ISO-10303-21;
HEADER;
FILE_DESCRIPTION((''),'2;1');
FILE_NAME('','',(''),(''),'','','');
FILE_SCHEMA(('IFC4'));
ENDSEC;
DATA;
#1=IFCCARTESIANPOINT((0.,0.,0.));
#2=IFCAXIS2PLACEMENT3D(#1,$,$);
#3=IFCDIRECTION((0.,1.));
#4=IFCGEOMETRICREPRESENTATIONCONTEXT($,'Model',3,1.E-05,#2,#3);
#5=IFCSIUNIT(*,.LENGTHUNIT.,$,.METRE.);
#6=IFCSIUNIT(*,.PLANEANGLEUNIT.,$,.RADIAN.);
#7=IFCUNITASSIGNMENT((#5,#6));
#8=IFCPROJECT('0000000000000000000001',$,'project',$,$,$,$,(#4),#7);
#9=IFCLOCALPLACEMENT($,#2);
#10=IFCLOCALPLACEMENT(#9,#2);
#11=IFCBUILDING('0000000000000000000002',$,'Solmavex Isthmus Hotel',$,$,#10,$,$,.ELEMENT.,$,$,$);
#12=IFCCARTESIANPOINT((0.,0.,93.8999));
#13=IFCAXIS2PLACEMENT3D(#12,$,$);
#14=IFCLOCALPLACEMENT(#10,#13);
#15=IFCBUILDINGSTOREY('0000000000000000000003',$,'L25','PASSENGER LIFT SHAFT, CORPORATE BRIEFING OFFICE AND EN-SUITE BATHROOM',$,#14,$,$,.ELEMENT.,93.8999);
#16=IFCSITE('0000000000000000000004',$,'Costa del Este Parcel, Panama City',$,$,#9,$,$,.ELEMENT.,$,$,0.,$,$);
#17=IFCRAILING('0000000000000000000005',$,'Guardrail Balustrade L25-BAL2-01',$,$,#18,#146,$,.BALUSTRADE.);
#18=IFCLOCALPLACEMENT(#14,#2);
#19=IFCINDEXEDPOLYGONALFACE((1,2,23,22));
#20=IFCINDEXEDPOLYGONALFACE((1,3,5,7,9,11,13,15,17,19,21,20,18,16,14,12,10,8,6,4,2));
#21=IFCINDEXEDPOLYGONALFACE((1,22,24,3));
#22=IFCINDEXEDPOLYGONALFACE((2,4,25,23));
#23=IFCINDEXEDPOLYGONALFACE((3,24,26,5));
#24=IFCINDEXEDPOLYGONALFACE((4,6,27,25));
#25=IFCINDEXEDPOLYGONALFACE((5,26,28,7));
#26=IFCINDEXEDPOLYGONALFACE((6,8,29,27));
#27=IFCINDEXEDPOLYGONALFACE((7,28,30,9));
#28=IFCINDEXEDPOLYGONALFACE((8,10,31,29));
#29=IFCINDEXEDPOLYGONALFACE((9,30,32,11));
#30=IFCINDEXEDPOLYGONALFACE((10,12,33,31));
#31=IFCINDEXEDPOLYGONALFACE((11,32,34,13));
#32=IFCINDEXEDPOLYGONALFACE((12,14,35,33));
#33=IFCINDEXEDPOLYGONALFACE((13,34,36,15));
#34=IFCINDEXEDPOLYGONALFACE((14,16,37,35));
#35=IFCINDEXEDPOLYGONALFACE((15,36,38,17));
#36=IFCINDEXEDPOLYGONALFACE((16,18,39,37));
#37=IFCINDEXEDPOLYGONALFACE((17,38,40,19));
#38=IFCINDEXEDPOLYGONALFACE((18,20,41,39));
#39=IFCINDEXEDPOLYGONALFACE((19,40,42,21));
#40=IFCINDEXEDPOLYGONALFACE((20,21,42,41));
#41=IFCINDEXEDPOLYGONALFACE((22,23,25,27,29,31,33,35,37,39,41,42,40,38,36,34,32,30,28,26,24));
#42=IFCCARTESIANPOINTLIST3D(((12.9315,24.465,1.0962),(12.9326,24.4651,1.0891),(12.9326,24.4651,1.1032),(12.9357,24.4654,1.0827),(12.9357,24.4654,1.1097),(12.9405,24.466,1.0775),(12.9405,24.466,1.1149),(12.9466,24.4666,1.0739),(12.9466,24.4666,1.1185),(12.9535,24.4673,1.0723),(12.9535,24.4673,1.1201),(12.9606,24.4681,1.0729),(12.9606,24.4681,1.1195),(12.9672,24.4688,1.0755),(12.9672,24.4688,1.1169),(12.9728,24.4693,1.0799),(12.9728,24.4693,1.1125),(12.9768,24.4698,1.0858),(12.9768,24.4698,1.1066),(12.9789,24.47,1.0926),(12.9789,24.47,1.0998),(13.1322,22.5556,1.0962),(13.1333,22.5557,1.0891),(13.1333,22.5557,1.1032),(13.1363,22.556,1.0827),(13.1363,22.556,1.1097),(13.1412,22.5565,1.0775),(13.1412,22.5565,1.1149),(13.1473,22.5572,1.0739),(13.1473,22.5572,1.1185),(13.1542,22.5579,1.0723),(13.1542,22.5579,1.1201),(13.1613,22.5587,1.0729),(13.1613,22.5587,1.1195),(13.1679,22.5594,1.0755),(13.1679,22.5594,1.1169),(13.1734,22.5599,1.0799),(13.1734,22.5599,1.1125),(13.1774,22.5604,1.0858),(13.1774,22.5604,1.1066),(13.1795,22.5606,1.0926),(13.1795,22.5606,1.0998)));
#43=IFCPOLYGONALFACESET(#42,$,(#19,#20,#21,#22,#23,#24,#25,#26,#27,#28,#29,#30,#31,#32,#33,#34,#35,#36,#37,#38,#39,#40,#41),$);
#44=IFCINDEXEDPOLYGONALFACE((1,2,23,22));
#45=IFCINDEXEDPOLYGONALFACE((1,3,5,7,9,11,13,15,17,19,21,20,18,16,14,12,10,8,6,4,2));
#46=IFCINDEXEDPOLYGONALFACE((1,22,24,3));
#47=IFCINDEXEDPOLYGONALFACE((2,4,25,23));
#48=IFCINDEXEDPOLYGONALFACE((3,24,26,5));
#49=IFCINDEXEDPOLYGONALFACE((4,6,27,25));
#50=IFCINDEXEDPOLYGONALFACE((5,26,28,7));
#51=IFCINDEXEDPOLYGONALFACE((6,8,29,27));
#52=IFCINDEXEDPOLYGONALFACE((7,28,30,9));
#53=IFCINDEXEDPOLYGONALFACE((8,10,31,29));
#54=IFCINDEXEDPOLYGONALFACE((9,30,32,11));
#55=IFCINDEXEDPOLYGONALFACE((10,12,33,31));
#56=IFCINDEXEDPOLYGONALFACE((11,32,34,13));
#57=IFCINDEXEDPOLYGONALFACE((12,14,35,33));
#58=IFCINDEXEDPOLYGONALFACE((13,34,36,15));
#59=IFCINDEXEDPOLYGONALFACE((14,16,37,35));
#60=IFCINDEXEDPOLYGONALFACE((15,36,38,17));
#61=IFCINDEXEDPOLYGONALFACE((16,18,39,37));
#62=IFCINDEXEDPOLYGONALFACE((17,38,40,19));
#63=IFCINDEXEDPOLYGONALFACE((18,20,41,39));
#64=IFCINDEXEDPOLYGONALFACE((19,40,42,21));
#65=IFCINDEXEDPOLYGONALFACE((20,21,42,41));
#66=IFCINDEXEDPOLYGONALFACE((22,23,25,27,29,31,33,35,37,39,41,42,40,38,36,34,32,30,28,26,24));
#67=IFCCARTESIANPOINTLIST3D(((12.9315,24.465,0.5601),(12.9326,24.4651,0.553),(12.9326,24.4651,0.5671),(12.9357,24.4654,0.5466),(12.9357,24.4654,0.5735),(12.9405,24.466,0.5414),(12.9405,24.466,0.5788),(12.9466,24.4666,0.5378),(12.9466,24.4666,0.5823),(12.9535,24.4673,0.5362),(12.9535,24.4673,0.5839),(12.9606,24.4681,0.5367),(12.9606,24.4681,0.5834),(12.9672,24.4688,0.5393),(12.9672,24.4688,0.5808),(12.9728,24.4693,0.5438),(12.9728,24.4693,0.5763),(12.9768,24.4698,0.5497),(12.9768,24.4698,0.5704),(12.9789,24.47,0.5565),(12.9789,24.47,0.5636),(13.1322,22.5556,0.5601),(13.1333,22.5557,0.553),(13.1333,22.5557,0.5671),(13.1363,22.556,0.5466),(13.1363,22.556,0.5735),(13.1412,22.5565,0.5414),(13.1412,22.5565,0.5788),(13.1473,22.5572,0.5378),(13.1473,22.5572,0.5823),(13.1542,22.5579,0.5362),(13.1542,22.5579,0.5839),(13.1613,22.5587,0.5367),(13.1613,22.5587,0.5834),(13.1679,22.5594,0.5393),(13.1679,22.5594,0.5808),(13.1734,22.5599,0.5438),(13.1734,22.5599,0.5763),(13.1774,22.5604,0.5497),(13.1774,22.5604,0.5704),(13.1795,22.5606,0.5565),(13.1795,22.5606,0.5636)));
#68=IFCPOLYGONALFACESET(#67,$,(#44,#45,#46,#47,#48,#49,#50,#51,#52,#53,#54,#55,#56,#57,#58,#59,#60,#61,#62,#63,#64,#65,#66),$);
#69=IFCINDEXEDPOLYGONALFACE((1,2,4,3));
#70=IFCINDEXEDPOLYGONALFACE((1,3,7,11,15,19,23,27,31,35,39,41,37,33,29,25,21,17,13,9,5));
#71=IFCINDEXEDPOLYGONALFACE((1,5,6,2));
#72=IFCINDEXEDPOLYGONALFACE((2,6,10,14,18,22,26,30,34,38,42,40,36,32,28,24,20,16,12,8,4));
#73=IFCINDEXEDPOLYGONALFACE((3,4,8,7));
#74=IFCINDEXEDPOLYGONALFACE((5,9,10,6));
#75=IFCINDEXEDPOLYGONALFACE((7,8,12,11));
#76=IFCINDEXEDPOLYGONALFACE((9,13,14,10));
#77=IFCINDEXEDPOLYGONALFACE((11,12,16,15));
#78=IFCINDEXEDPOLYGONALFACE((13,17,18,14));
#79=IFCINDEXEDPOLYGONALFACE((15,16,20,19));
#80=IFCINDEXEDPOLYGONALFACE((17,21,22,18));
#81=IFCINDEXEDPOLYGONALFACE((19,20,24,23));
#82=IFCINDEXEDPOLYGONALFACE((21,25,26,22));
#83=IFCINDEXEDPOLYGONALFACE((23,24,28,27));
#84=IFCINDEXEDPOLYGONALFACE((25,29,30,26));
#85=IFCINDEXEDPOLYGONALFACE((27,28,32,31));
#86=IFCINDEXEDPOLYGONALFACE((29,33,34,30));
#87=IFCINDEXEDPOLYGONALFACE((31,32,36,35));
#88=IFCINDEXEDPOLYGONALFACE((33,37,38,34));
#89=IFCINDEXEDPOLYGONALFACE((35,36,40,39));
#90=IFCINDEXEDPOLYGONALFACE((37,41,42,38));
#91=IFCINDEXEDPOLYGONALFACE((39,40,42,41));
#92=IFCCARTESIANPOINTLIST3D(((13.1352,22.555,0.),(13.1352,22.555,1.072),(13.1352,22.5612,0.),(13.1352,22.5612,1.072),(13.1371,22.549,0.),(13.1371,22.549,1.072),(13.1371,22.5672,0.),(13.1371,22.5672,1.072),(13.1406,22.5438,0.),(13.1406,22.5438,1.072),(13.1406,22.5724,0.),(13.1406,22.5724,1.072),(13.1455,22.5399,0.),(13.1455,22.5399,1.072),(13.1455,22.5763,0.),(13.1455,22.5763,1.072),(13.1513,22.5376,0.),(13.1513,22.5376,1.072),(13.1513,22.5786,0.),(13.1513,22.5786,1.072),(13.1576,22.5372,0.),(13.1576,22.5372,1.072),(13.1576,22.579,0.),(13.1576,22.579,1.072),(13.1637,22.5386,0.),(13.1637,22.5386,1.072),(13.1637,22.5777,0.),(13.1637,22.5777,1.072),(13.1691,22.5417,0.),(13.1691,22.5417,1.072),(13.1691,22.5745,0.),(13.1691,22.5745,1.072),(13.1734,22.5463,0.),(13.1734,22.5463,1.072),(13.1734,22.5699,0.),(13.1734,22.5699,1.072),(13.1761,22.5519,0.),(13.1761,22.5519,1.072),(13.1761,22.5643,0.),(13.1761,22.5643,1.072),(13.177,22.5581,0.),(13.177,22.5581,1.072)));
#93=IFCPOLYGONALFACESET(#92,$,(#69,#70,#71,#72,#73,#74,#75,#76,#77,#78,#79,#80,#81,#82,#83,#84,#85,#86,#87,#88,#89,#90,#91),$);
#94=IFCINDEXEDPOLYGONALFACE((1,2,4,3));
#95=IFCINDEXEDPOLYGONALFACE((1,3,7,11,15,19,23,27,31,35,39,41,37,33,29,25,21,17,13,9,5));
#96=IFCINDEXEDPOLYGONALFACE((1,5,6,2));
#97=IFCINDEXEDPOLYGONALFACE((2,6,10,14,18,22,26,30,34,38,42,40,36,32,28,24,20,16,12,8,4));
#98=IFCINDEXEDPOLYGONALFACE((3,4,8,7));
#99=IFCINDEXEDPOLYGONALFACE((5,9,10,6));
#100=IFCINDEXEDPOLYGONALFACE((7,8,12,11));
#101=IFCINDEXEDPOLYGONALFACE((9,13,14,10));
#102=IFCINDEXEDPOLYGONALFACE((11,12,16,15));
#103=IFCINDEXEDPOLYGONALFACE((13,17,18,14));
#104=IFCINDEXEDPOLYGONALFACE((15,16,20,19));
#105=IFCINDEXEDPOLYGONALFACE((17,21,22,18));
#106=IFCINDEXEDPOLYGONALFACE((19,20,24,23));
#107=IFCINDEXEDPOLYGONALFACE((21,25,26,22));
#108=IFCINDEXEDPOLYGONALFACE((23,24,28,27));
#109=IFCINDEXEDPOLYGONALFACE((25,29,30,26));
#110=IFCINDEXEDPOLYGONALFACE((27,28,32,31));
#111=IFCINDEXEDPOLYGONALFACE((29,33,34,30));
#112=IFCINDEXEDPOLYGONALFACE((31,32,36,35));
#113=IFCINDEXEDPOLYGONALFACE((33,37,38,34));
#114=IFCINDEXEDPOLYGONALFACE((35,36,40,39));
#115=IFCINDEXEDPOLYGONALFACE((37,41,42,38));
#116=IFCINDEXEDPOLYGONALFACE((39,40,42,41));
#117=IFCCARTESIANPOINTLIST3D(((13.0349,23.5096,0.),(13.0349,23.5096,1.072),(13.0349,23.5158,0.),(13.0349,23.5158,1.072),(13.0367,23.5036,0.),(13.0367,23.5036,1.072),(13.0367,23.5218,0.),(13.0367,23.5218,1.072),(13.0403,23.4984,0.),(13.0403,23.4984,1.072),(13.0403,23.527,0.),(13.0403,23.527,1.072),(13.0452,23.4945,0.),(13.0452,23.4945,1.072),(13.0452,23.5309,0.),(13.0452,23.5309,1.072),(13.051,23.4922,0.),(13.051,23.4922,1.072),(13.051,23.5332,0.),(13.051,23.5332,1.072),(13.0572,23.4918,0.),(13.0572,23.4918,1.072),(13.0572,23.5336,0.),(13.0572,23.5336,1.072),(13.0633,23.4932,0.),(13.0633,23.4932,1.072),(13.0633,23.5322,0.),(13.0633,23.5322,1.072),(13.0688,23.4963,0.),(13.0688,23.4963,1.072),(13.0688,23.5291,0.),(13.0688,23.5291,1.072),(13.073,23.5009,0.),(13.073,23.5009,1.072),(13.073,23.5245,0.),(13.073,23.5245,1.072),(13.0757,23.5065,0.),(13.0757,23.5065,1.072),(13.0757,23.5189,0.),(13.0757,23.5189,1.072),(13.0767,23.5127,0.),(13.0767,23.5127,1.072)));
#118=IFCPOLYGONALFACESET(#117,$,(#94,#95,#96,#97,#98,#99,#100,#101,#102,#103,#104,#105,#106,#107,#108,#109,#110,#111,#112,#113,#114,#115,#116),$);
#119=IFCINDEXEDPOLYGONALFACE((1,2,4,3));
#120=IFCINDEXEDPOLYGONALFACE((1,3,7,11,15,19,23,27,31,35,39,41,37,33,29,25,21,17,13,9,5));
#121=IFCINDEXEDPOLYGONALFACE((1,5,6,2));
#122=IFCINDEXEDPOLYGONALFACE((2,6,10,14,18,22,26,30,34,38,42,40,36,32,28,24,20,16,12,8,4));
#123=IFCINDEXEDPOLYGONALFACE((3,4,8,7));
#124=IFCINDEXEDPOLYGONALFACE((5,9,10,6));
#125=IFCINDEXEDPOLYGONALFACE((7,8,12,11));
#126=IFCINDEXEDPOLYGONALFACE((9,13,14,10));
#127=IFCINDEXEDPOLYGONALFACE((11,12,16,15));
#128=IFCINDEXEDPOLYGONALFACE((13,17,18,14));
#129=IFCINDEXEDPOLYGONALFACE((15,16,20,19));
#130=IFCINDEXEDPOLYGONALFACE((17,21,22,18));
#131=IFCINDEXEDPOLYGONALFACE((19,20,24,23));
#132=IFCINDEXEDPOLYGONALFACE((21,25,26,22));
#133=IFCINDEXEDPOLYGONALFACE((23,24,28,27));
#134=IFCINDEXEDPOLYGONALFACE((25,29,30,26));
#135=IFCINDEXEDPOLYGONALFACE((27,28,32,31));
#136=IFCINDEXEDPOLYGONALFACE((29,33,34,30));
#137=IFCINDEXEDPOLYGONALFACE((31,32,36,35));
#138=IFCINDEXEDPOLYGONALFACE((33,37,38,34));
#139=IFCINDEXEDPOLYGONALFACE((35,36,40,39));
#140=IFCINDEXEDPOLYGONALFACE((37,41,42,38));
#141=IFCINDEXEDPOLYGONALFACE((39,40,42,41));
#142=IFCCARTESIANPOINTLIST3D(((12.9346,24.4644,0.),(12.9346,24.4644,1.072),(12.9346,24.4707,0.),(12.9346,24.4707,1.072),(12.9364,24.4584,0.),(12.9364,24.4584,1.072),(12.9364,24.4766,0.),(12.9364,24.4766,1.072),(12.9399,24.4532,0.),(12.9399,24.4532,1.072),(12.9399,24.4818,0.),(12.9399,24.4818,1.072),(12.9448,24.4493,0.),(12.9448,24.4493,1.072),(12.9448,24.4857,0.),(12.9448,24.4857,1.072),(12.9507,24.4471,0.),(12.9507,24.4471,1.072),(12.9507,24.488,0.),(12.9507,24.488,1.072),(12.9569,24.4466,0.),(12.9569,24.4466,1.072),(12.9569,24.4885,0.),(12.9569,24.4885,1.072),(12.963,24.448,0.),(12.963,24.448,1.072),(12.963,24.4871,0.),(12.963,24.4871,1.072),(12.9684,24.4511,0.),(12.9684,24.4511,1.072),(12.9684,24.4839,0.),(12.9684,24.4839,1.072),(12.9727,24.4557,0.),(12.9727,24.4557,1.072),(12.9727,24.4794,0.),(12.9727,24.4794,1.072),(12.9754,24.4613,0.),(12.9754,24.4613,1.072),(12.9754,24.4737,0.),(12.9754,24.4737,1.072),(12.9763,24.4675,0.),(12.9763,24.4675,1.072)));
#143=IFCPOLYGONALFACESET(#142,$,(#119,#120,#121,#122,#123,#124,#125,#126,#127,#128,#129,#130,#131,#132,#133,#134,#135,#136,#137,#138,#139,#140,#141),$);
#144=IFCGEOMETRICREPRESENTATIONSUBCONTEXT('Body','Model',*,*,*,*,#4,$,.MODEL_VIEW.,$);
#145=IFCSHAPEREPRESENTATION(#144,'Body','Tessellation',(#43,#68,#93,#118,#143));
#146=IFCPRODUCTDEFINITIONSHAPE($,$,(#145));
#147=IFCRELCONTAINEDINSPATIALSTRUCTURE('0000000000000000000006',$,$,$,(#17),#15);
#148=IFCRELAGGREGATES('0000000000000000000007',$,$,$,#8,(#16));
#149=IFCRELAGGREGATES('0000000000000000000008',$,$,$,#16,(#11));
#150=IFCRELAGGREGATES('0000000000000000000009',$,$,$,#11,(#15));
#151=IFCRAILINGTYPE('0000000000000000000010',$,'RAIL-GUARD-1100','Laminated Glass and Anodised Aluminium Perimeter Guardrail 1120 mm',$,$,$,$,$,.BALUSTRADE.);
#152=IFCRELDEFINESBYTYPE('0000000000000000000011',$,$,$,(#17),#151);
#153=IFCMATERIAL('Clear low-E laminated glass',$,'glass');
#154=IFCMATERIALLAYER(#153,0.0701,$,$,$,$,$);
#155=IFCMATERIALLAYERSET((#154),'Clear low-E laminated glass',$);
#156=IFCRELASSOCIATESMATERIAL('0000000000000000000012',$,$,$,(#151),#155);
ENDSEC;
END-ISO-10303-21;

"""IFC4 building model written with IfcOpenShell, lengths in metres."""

from ifc_helpers import new_model, si_unit, direction, frame, origin, origin_2d, place, context, subcontext, project, spatial, circle, extrude, material, layer, layer_set, type_object, element, save


model = new_model("IFC4")

# Units and contexts
model_context = context("Model", 3, precision=1e-05, world=origin(), true_north=direction((0.0, 1.0)))
body_context = subcontext(model_context, "Body", "Model", "MODEL_VIEW")
ifc_project = project(units=[si_unit("LENGTHUNIT", "METRE"), si_unit("PLANEANGLEUNIT", "RADIAN")], contexts=[model_context])

# Site, building, storey
site_placement = place(None, origin())
site = spatial("IfcSite", under=ifc_project, at=site_placement, Name="Costa del Este Parcel, Panama City", CompositionType="ELEMENT", RefElevation=0.0)
building_placement = place(site_placement, origin())
building = spatial("IfcBuilding", under=site, at=building_placement, Name="Solmavex Isthmus Hotel", CompositionType="ELEMENT")
storey_placement = place(building_placement, frame((0.0, 0.0, 93.8999)))
storey = spatial("IfcBuildingStorey", under=building, at=storey_placement, Name="L25", Description="PASSENGER LIFT SHAFT, CORPORATE BRIEFING OFFICE AND EN-SUITE BATHROOM", CompositionType="ELEMENT", Elevation=93.8999)

# Shared definitions
ifc_material_1 = material(Name="Clear low-E laminated glass", Category="glass")

# Railing
ifc_layer_1 = layer(ifc_material_1, 0.0701)
ifc_layer_set_1 = layer_set([ifc_layer_1], Name="Clear low-E laminated glass")
railing_type = type_object("IfcRailingType", Name="RAIL-GUARD-1100", Description="Laminated Glass and Anodised Aluminium Perimeter Guardrail 1120 mm", PredefinedType="BALUSTRADE", material=ifc_layer_set_1)
railing_1_placement = place(storey_placement, frame((13.156, 22.5581, 0.0)))
element("IfcRailing", 1, at=railing_1_placement, inside=storey, type_object=railing_type, Name="Guardrail Balustrade L25-BAL2-01", PredefinedType="BALUSTRADE", context=body_context, shape_type="SweptSolid", body=[
    extrude(circle(Radius=0.0239, at=origin_2d()), frame((0.0, 0.0, 1.0962), z_axis=(-0.104526, 0.994522, 0.0), x_axis=(-0.994522, -0.104526, 0.0)), (0.0, 0.0, 1.0), 1.9199),
    extrude(circle(Radius=0.0239, at=origin_2d()), frame((0.0, 0.0, 0.5601), z_axis=(-0.104526, 0.994522, 0.0), x_axis=(-0.994522, -0.104526, 0.0)), (0.0, 0.0, 1.0), 1.9199),
    extrude(circle(Radius=0.021, at=origin_2d()), origin(), (0.0, 0.0, 1.0), 1.072),
    extrude(circle(Radius=0.021, at=origin_2d()), frame((-0.1003, 0.9546, 0.0)), (0.0, 0.0, 1.0), 1.072),
    extrude(circle(Radius=0.021, at=origin_2d()), frame((-0.2007, 1.9094, 0.0)), (0.0, 0.0, 1.0), 1.072),
])

save(model, "model.ifc")
